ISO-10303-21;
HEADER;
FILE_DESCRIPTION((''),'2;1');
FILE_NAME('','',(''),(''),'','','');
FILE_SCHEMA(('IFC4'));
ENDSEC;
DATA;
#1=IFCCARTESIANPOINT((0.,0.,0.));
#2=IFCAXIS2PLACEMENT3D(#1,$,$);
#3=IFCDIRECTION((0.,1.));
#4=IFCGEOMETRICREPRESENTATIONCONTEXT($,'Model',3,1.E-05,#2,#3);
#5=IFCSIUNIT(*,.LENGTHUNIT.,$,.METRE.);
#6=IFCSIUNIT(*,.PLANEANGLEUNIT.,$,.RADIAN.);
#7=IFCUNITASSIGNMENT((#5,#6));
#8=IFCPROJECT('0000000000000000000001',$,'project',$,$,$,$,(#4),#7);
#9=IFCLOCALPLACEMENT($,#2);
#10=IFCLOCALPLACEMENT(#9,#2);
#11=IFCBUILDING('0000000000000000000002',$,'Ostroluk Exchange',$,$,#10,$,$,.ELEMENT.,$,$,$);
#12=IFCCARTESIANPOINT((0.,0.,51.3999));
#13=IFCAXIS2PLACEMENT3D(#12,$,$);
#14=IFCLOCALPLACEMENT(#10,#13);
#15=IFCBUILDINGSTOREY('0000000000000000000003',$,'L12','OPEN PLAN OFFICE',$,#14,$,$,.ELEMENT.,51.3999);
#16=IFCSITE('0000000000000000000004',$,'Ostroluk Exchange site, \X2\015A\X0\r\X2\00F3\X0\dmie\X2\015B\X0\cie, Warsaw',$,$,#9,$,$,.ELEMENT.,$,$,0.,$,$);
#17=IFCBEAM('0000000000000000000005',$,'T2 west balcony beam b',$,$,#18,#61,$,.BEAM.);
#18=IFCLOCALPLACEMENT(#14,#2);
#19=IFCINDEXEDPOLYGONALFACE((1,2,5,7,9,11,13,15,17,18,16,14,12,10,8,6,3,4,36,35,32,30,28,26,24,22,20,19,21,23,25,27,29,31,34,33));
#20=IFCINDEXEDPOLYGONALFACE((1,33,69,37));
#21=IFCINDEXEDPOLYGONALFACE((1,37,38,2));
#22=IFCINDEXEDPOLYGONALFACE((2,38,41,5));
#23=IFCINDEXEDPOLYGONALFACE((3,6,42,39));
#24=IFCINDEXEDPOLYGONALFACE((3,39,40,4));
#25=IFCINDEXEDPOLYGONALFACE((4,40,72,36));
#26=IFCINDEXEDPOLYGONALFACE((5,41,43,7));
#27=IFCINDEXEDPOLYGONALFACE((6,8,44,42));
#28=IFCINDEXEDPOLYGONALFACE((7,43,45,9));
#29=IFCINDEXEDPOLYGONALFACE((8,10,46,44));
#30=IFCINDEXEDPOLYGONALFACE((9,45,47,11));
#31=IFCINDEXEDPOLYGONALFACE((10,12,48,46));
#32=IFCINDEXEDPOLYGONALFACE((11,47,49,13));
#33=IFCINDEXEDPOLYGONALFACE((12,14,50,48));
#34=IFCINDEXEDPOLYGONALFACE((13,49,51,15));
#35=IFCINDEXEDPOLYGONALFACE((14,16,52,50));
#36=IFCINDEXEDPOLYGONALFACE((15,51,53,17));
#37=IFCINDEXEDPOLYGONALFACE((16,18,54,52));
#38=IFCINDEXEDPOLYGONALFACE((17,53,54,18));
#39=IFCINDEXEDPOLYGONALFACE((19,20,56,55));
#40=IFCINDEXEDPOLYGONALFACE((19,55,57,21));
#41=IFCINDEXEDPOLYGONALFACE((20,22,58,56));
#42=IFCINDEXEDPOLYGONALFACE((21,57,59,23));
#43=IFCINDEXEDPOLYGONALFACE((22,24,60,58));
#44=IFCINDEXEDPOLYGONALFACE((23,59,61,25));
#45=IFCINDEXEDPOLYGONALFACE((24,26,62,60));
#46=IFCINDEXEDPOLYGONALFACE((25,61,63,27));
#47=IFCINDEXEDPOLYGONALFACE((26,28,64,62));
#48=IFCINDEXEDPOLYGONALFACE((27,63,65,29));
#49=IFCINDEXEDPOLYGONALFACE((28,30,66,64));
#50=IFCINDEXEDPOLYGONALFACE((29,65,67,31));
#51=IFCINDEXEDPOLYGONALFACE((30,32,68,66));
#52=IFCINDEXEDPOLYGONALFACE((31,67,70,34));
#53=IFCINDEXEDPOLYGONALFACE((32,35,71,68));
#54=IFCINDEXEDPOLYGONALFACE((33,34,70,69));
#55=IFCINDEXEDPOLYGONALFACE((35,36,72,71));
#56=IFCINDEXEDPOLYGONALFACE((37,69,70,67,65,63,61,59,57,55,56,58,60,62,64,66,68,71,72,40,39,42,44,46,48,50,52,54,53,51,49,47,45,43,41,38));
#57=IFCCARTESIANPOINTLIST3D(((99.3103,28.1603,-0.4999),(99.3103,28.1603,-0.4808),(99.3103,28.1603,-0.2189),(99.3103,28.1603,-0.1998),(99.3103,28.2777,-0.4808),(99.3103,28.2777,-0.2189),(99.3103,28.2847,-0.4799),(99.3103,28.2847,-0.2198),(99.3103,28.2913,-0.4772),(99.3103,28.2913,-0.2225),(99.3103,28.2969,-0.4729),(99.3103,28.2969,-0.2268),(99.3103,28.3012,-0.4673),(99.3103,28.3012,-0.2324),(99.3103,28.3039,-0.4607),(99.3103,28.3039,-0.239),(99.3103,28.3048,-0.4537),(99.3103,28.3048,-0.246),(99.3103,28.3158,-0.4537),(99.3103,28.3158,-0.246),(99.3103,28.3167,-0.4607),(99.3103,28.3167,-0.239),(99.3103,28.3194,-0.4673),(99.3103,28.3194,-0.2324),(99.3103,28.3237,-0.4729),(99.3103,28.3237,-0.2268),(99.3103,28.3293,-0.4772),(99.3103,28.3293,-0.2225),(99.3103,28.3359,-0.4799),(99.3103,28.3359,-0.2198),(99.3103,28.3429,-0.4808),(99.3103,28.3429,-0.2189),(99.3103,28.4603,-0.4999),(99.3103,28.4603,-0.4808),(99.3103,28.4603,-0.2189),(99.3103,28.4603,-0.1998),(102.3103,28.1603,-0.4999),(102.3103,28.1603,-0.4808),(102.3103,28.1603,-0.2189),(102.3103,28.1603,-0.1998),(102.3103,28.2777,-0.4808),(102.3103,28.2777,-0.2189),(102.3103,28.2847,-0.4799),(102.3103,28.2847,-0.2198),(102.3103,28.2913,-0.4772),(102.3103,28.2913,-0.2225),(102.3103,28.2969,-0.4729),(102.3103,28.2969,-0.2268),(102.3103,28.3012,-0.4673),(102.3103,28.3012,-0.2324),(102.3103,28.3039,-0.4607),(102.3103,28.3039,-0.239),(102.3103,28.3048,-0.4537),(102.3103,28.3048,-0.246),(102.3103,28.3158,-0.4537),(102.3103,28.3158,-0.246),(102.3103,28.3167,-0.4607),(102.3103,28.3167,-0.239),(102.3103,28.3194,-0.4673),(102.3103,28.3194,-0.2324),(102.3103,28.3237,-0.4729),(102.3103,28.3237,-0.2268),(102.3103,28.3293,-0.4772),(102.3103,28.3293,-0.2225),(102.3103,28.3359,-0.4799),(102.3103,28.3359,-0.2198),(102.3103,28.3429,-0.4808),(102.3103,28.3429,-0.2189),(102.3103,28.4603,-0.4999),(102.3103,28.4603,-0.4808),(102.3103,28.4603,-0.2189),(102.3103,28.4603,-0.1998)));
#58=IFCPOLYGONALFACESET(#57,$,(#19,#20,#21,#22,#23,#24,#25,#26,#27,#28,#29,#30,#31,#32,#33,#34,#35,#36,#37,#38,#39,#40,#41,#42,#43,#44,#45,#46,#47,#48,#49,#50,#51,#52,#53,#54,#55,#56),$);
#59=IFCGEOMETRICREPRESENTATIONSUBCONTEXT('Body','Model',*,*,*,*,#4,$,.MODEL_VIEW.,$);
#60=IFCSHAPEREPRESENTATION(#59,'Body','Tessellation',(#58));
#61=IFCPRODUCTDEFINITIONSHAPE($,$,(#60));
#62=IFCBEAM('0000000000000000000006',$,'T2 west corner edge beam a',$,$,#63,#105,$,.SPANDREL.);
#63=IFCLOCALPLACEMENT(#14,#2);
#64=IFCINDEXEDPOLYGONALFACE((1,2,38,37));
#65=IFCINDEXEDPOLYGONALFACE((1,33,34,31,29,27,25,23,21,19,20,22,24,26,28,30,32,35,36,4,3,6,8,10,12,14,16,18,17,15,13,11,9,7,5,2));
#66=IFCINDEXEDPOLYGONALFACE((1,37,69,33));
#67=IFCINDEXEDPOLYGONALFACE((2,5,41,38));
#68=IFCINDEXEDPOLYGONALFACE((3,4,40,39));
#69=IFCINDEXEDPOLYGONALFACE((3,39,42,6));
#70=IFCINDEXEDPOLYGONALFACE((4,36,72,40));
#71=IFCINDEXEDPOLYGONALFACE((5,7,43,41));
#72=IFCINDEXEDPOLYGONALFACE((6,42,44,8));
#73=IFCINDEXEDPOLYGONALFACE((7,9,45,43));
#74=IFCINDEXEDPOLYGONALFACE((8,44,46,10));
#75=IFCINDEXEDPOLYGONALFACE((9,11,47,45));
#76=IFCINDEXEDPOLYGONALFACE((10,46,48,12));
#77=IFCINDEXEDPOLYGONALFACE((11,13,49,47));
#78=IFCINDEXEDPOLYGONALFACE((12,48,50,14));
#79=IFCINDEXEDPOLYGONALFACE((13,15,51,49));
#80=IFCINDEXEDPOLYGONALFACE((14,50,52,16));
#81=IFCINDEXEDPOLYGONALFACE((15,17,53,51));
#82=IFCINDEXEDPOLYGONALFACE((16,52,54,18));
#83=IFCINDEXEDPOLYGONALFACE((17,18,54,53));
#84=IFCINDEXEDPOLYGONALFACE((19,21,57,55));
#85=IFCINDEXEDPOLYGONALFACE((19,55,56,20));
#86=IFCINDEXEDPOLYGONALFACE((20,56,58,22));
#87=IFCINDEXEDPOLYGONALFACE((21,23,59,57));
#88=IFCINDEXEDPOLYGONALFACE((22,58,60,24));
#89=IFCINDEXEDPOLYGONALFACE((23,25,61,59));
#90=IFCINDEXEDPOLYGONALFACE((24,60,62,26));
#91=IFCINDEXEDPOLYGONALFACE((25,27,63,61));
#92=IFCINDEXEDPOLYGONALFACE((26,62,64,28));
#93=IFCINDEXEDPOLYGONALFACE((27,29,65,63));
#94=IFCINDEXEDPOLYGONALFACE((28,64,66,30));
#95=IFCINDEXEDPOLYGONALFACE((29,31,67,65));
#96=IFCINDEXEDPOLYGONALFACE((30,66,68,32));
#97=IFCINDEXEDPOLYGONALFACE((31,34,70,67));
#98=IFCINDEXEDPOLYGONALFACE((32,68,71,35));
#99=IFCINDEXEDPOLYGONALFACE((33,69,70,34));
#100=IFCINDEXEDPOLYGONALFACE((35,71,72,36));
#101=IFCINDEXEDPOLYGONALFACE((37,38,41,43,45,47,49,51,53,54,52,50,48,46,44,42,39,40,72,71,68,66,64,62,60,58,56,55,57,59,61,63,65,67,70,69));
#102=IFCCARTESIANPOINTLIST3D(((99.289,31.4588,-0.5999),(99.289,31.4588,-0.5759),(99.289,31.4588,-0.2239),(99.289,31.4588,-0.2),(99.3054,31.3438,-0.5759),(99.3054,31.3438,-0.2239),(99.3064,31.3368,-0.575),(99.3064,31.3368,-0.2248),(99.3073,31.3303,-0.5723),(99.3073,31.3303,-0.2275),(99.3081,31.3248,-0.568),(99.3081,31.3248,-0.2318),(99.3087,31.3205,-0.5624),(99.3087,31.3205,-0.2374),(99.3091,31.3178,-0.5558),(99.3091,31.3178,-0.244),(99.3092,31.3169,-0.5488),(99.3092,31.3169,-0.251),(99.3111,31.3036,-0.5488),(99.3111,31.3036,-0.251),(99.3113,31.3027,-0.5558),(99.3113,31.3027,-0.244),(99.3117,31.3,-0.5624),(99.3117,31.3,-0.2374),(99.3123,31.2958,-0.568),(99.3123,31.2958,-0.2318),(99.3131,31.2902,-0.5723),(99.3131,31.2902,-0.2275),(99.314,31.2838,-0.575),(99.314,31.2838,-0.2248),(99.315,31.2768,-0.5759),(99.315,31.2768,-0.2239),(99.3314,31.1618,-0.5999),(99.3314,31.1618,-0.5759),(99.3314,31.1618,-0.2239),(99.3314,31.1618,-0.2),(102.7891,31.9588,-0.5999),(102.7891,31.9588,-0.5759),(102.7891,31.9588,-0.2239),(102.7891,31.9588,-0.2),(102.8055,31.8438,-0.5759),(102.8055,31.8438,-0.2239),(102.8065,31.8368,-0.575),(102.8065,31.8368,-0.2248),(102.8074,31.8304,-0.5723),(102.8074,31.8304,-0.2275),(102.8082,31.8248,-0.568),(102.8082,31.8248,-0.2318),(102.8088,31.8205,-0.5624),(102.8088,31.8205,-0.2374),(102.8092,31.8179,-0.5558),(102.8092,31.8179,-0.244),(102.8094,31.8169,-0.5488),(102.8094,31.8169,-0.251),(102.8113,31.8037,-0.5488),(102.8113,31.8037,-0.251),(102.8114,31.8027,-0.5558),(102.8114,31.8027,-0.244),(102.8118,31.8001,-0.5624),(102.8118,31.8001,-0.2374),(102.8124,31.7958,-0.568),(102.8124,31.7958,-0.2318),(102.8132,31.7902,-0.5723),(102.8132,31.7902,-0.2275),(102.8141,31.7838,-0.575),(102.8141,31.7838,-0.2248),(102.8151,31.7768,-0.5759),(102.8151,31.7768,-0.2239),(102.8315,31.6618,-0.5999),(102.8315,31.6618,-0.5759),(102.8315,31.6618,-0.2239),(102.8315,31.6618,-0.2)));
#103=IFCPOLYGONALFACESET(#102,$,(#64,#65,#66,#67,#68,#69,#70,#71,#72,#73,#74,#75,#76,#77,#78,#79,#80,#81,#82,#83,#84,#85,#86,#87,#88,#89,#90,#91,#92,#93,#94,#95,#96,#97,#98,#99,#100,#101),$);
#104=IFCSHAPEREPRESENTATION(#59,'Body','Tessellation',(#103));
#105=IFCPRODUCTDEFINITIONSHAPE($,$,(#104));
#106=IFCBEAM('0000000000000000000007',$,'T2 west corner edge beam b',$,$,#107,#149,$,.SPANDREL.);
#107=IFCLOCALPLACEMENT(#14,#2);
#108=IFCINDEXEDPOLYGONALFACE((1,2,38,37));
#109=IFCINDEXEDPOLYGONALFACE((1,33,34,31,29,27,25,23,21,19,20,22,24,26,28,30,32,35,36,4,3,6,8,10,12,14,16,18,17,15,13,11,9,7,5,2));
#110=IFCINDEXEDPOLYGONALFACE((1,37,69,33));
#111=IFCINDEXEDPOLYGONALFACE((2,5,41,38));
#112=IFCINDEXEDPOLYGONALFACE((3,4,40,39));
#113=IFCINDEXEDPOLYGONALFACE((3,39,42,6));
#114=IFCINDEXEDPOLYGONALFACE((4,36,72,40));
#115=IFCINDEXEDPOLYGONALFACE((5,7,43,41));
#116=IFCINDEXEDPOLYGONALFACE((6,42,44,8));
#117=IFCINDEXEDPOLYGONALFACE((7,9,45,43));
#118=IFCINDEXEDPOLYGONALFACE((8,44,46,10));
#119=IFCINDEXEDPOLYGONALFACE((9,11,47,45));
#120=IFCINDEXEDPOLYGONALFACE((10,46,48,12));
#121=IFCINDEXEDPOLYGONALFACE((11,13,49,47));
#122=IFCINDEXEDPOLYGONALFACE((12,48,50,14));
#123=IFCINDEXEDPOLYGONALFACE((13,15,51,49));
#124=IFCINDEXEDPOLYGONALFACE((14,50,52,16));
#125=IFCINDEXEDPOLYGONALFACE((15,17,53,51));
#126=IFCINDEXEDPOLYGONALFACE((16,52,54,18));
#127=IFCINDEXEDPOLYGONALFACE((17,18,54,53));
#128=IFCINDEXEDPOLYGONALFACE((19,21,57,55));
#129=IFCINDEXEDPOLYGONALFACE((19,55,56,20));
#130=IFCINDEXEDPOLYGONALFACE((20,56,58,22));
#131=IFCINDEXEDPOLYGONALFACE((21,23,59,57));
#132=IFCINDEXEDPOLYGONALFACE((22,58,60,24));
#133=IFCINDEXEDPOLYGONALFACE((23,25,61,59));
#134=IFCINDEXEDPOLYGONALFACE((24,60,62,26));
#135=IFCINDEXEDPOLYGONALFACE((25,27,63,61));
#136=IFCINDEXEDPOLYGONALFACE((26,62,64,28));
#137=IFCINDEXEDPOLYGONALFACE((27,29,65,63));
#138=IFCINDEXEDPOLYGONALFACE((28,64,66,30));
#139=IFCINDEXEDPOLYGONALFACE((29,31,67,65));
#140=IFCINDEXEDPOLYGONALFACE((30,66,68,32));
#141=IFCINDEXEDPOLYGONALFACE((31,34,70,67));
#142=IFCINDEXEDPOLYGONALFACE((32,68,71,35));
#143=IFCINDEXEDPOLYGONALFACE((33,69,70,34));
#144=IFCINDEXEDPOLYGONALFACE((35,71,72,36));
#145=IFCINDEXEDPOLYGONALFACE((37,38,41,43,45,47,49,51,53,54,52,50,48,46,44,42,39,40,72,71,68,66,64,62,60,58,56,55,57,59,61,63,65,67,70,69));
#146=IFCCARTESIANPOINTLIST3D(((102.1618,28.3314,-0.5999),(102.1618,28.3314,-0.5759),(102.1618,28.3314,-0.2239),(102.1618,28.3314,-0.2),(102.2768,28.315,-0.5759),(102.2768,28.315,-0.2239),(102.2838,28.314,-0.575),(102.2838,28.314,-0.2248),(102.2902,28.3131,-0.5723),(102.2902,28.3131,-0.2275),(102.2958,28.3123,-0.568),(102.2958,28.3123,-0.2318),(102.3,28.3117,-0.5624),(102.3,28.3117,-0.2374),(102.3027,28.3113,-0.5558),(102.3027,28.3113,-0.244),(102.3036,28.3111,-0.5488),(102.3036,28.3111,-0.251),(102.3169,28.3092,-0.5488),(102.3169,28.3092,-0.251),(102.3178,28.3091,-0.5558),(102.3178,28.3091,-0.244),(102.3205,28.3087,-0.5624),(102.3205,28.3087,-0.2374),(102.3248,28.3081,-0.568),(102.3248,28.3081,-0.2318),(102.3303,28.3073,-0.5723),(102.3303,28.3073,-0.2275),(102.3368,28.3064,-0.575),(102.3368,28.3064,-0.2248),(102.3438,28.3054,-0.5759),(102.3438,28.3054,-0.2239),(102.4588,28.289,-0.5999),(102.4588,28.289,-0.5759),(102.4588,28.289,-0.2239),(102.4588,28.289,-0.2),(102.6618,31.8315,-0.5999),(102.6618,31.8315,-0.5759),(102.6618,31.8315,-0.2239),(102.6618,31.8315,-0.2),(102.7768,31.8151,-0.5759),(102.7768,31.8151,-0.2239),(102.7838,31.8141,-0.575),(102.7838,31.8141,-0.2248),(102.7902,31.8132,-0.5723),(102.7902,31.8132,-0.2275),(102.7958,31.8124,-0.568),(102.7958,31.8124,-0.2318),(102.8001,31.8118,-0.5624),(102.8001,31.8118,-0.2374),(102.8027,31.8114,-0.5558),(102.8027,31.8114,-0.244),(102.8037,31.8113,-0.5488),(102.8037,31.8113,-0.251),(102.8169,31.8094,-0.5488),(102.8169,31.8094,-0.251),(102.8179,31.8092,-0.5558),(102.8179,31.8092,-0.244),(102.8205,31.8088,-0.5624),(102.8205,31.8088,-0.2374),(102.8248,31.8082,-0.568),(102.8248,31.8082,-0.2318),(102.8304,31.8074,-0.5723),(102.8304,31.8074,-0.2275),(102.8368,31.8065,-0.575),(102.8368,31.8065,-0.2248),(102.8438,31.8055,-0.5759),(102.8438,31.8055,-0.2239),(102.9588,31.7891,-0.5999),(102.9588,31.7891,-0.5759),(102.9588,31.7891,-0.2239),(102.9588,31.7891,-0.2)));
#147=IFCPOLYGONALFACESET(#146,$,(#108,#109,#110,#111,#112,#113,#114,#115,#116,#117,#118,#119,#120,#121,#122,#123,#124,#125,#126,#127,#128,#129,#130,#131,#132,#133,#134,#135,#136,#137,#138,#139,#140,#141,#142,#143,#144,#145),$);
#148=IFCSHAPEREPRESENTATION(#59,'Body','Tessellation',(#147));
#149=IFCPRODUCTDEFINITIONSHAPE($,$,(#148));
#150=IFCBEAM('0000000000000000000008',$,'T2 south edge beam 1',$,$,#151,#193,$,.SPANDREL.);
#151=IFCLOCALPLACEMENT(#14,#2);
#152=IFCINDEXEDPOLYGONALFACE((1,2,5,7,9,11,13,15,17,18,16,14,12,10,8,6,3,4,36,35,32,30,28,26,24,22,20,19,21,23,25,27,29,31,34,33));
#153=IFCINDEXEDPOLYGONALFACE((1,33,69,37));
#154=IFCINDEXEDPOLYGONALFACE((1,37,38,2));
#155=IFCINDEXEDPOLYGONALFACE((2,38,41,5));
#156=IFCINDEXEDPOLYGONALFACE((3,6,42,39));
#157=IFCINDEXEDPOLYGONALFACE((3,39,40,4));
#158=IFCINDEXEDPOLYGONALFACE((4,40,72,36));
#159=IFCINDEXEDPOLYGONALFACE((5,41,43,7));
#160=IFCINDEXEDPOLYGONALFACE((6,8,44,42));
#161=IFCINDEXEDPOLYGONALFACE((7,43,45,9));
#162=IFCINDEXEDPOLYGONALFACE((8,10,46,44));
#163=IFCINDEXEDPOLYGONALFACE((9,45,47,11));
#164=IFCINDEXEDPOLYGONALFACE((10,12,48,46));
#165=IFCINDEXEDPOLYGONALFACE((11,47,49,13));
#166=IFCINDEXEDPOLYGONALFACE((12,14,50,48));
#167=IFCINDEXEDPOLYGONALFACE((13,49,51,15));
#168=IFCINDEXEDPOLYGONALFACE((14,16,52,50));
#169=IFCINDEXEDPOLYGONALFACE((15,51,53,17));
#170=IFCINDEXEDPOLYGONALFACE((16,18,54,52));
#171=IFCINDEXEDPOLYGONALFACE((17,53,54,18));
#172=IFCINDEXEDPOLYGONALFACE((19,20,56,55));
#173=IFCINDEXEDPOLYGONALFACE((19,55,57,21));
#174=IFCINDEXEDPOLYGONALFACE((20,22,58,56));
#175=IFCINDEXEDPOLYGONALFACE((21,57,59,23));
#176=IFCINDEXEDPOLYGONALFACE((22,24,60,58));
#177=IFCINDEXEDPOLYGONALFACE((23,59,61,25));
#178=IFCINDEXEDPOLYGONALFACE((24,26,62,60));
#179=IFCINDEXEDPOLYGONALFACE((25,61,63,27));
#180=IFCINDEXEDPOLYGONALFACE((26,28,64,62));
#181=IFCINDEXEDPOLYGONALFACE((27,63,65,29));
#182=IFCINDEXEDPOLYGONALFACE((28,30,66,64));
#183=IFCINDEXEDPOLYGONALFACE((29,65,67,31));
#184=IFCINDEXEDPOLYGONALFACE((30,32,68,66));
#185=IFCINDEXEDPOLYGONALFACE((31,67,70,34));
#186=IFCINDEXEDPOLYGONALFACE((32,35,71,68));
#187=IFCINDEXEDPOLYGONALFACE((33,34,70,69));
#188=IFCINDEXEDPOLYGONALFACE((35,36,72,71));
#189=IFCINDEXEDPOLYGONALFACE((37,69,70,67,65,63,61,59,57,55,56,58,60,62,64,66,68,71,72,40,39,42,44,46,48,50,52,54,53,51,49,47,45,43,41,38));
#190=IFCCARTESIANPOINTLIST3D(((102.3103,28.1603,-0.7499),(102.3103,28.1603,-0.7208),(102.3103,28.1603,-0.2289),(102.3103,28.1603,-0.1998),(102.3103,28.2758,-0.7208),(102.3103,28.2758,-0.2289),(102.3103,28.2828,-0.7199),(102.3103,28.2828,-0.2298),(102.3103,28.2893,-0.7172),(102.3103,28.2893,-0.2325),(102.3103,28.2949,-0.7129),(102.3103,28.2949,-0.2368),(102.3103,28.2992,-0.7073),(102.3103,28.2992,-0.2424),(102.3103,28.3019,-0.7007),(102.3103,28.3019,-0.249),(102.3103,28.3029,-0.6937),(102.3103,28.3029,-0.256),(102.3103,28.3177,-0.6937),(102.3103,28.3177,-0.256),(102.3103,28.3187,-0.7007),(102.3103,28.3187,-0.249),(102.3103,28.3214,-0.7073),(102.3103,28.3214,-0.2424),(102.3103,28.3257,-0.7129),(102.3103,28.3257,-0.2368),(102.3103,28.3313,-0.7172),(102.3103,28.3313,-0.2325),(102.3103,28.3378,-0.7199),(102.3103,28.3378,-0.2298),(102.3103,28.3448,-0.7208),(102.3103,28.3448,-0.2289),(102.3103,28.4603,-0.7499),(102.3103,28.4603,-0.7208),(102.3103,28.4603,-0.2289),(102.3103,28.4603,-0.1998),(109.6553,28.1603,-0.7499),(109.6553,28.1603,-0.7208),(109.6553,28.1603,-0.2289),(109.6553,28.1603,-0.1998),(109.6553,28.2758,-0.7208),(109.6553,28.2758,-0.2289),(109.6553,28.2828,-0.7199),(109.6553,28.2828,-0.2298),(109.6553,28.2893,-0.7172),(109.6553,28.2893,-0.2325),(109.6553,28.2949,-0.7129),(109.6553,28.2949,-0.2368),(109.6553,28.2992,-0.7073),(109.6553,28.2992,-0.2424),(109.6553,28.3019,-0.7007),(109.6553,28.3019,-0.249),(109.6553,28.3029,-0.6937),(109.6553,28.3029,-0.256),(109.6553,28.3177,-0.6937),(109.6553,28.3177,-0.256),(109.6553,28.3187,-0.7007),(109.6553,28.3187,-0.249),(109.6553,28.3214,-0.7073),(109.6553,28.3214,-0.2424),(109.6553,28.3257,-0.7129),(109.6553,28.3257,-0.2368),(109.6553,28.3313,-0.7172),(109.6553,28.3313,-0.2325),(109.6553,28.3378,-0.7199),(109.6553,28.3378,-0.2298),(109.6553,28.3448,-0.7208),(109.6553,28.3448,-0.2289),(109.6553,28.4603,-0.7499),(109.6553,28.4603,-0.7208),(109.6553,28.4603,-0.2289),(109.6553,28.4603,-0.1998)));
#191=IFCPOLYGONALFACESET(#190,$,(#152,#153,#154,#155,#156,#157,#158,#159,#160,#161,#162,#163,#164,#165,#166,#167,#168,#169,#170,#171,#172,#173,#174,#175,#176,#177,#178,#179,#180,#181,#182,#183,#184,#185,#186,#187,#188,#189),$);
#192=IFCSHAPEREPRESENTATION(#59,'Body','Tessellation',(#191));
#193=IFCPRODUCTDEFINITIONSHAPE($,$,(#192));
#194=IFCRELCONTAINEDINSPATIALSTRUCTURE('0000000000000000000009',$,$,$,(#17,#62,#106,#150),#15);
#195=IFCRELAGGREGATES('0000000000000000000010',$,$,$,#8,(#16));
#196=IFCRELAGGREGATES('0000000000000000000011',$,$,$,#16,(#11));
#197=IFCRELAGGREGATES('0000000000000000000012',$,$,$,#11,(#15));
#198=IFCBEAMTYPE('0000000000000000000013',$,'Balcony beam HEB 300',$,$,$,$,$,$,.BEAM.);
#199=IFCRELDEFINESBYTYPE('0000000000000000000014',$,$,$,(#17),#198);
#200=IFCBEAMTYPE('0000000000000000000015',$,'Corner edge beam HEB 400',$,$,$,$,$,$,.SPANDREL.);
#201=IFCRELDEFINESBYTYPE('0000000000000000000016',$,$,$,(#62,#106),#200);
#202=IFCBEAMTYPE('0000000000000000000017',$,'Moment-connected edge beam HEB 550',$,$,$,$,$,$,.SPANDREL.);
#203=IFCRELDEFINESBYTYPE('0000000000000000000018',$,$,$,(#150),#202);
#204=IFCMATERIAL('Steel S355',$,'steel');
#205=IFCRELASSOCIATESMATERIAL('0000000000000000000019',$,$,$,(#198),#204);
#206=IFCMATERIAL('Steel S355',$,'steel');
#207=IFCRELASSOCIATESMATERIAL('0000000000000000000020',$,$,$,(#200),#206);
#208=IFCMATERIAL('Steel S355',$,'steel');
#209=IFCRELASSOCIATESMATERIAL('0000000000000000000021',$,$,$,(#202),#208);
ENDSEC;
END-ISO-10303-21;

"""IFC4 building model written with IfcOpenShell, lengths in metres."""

from ifc_helpers import new_model, si_unit, direction, frame, origin, origin_2d, place, context, subcontext, project, spatial, i_section, extrude, material, material_profile, profile_set, type_object, element, save


model = new_model("IFC4")

# Units and contexts
model_context = context("Model", 3, precision=1e-05, world=origin(), true_north=direction((0.0, 1.0)))
body_context = subcontext(model_context, "Body", "Model", "MODEL_VIEW")
ifc_project = project(units=[si_unit("LENGTHUNIT", "METRE"), si_unit("PLANEANGLEUNIT", "RADIAN")], contexts=[model_context])

# Site, building, storey
site_placement = place(None, origin())
site = spatial("IfcSite", under=ifc_project, at=site_placement, Name="Ostroluk Exchange site, Śródmieście, Warsaw", CompositionType="ELEMENT", RefElevation=0.0)
building_placement = place(site_placement, origin())
building = spatial("IfcBuilding", under=site, at=building_placement, Name="Ostroluk Exchange", CompositionType="ELEMENT")
storey_placement = place(building_placement, frame((0.0, 0.0, 51.3999)))
storey = spatial("IfcBuildingStorey", under=building, at=storey_placement, Name="L12", Description="OPEN PLAN OFFICE", CompositionType="ELEMENT", Elevation=51.3999)

# Beams
ifc_material_1 = material(Name="Steel S355", Category="steel")
ifc_material_profile_1 = material_profile(ifc_material_1, i_section(OverallWidth=0.3, OverallDepth=0.3, WebThickness=0.011, FlangeThickness=0.019, FilletRadius=0.0271, at=origin_2d()), Name="HEB 300")
ifc_profile_set_1 = profile_set([ifc_material_profile_1], Name="Steel S355")
beam_type_1 = type_object("IfcBeamType", Name="Balcony beam HEB 300", PredefinedType="BEAM", material=ifc_profile_set_1)
beam_1_placement = place(storey_placement, frame((102.3103, 28.3103, -0.3499), z_axis=(-1.0, 0.0, 0.0), x_axis=(0.0, -1.0, 0.0)))
element("IfcBeam", 1, at=beam_1_placement, inside=storey, type_object=beam_type_1, Name="T2 west balcony beam b", PredefinedType="BEAM", context=body_context, shape_type="SweptSolid", body=[
    extrude(i_section(OverallWidth=0.3, OverallDepth=0.3, WebThickness=0.011, FlangeThickness=0.019, FilletRadius=0.0271, at=origin_2d()), origin(), (0.0, 0.0, 1.0), 3.0),
])
ifc_material_2 = material(Name="Steel S355", Category="steel")
ifc_material_profile_2 = material_profile(ifc_material_2, i_section(OverallWidth=0.3, OverallDepth=0.3999, WebThickness=0.0134, FlangeThickness=0.0239, FilletRadius=0.0271, at=origin_2d()), Name="HEB 400")
ifc_profile_set_2 = profile_set([ifc_material_profile_2], Name="Steel S355")
beam_type_2 = type_object("IfcBeamType", Name="Corner edge beam HEB 400", PredefinedType="SPANDREL", material=ifc_profile_set_2)
for number, where, z_axis, x_axis, name in (
    (2, (102.8103, 31.8103, -0.3999), (-0.989949, -0.141421, 0.0), (0.141421, -0.989949, 0.0), "T2 west corner edge beam a"),
    (3, (102.8103, 31.8103, -0.3999), (-0.141421, -0.989949, 0.0), (0.989949, -0.141421, 0.0), "T2 west corner edge beam b"),
):
    element("IfcBeam", number, at=place(storey_placement, frame(where, z_axis=z_axis, x_axis=x_axis)), inside=storey, type_object=beam_type_2, Name=name, PredefinedType="SPANDREL", context=body_context, shape_type="SweptSolid", body=[
        extrude(i_section(OverallWidth=0.3, OverallDepth=0.3999, WebThickness=0.0134, FlangeThickness=0.0239, FilletRadius=0.0271, at=origin_2d()), origin(), (0.0, 0.0, 1.0), 3.5356),
    ])
ifc_material_3 = material(Name="Steel S355", Category="steel")
ifc_material_profile_3 = material_profile(ifc_material_3, i_section(OverallWidth=0.3, OverallDepth=0.55, WebThickness=0.0149, FlangeThickness=0.0291, FilletRadius=0.0271, at=origin_2d()), Name="HEB 550")
ifc_profile_set_3 = profile_set([ifc_material_profile_3], Name="Steel S355")
beam_type_3 = type_object("IfcBeamType", Name="Moment-connected edge beam HEB 550", PredefinedType="SPANDREL", material=ifc_profile_set_3)
beam_2_placement = place(storey_placement, frame((102.3103, 28.3103, -0.4749), z_axis=(1.0, 0.0, 0.0), x_axis=(0.0, 1.0, 0.0)))
element("IfcBeam", 4, at=beam_2_placement, inside=storey, type_object=beam_type_3, Name="T2 south edge beam 1", PredefinedType="SPANDREL", context=body_context, shape_type="SweptSolid", body=[
    extrude(i_section(OverallWidth=0.3, OverallDepth=0.55, WebThickness=0.0149, FlangeThickness=0.0291, FilletRadius=0.0271, at=origin_2d()), origin(), (0.0, 0.0, 1.0), 7.345),
])

save(model, "model.ifc")
